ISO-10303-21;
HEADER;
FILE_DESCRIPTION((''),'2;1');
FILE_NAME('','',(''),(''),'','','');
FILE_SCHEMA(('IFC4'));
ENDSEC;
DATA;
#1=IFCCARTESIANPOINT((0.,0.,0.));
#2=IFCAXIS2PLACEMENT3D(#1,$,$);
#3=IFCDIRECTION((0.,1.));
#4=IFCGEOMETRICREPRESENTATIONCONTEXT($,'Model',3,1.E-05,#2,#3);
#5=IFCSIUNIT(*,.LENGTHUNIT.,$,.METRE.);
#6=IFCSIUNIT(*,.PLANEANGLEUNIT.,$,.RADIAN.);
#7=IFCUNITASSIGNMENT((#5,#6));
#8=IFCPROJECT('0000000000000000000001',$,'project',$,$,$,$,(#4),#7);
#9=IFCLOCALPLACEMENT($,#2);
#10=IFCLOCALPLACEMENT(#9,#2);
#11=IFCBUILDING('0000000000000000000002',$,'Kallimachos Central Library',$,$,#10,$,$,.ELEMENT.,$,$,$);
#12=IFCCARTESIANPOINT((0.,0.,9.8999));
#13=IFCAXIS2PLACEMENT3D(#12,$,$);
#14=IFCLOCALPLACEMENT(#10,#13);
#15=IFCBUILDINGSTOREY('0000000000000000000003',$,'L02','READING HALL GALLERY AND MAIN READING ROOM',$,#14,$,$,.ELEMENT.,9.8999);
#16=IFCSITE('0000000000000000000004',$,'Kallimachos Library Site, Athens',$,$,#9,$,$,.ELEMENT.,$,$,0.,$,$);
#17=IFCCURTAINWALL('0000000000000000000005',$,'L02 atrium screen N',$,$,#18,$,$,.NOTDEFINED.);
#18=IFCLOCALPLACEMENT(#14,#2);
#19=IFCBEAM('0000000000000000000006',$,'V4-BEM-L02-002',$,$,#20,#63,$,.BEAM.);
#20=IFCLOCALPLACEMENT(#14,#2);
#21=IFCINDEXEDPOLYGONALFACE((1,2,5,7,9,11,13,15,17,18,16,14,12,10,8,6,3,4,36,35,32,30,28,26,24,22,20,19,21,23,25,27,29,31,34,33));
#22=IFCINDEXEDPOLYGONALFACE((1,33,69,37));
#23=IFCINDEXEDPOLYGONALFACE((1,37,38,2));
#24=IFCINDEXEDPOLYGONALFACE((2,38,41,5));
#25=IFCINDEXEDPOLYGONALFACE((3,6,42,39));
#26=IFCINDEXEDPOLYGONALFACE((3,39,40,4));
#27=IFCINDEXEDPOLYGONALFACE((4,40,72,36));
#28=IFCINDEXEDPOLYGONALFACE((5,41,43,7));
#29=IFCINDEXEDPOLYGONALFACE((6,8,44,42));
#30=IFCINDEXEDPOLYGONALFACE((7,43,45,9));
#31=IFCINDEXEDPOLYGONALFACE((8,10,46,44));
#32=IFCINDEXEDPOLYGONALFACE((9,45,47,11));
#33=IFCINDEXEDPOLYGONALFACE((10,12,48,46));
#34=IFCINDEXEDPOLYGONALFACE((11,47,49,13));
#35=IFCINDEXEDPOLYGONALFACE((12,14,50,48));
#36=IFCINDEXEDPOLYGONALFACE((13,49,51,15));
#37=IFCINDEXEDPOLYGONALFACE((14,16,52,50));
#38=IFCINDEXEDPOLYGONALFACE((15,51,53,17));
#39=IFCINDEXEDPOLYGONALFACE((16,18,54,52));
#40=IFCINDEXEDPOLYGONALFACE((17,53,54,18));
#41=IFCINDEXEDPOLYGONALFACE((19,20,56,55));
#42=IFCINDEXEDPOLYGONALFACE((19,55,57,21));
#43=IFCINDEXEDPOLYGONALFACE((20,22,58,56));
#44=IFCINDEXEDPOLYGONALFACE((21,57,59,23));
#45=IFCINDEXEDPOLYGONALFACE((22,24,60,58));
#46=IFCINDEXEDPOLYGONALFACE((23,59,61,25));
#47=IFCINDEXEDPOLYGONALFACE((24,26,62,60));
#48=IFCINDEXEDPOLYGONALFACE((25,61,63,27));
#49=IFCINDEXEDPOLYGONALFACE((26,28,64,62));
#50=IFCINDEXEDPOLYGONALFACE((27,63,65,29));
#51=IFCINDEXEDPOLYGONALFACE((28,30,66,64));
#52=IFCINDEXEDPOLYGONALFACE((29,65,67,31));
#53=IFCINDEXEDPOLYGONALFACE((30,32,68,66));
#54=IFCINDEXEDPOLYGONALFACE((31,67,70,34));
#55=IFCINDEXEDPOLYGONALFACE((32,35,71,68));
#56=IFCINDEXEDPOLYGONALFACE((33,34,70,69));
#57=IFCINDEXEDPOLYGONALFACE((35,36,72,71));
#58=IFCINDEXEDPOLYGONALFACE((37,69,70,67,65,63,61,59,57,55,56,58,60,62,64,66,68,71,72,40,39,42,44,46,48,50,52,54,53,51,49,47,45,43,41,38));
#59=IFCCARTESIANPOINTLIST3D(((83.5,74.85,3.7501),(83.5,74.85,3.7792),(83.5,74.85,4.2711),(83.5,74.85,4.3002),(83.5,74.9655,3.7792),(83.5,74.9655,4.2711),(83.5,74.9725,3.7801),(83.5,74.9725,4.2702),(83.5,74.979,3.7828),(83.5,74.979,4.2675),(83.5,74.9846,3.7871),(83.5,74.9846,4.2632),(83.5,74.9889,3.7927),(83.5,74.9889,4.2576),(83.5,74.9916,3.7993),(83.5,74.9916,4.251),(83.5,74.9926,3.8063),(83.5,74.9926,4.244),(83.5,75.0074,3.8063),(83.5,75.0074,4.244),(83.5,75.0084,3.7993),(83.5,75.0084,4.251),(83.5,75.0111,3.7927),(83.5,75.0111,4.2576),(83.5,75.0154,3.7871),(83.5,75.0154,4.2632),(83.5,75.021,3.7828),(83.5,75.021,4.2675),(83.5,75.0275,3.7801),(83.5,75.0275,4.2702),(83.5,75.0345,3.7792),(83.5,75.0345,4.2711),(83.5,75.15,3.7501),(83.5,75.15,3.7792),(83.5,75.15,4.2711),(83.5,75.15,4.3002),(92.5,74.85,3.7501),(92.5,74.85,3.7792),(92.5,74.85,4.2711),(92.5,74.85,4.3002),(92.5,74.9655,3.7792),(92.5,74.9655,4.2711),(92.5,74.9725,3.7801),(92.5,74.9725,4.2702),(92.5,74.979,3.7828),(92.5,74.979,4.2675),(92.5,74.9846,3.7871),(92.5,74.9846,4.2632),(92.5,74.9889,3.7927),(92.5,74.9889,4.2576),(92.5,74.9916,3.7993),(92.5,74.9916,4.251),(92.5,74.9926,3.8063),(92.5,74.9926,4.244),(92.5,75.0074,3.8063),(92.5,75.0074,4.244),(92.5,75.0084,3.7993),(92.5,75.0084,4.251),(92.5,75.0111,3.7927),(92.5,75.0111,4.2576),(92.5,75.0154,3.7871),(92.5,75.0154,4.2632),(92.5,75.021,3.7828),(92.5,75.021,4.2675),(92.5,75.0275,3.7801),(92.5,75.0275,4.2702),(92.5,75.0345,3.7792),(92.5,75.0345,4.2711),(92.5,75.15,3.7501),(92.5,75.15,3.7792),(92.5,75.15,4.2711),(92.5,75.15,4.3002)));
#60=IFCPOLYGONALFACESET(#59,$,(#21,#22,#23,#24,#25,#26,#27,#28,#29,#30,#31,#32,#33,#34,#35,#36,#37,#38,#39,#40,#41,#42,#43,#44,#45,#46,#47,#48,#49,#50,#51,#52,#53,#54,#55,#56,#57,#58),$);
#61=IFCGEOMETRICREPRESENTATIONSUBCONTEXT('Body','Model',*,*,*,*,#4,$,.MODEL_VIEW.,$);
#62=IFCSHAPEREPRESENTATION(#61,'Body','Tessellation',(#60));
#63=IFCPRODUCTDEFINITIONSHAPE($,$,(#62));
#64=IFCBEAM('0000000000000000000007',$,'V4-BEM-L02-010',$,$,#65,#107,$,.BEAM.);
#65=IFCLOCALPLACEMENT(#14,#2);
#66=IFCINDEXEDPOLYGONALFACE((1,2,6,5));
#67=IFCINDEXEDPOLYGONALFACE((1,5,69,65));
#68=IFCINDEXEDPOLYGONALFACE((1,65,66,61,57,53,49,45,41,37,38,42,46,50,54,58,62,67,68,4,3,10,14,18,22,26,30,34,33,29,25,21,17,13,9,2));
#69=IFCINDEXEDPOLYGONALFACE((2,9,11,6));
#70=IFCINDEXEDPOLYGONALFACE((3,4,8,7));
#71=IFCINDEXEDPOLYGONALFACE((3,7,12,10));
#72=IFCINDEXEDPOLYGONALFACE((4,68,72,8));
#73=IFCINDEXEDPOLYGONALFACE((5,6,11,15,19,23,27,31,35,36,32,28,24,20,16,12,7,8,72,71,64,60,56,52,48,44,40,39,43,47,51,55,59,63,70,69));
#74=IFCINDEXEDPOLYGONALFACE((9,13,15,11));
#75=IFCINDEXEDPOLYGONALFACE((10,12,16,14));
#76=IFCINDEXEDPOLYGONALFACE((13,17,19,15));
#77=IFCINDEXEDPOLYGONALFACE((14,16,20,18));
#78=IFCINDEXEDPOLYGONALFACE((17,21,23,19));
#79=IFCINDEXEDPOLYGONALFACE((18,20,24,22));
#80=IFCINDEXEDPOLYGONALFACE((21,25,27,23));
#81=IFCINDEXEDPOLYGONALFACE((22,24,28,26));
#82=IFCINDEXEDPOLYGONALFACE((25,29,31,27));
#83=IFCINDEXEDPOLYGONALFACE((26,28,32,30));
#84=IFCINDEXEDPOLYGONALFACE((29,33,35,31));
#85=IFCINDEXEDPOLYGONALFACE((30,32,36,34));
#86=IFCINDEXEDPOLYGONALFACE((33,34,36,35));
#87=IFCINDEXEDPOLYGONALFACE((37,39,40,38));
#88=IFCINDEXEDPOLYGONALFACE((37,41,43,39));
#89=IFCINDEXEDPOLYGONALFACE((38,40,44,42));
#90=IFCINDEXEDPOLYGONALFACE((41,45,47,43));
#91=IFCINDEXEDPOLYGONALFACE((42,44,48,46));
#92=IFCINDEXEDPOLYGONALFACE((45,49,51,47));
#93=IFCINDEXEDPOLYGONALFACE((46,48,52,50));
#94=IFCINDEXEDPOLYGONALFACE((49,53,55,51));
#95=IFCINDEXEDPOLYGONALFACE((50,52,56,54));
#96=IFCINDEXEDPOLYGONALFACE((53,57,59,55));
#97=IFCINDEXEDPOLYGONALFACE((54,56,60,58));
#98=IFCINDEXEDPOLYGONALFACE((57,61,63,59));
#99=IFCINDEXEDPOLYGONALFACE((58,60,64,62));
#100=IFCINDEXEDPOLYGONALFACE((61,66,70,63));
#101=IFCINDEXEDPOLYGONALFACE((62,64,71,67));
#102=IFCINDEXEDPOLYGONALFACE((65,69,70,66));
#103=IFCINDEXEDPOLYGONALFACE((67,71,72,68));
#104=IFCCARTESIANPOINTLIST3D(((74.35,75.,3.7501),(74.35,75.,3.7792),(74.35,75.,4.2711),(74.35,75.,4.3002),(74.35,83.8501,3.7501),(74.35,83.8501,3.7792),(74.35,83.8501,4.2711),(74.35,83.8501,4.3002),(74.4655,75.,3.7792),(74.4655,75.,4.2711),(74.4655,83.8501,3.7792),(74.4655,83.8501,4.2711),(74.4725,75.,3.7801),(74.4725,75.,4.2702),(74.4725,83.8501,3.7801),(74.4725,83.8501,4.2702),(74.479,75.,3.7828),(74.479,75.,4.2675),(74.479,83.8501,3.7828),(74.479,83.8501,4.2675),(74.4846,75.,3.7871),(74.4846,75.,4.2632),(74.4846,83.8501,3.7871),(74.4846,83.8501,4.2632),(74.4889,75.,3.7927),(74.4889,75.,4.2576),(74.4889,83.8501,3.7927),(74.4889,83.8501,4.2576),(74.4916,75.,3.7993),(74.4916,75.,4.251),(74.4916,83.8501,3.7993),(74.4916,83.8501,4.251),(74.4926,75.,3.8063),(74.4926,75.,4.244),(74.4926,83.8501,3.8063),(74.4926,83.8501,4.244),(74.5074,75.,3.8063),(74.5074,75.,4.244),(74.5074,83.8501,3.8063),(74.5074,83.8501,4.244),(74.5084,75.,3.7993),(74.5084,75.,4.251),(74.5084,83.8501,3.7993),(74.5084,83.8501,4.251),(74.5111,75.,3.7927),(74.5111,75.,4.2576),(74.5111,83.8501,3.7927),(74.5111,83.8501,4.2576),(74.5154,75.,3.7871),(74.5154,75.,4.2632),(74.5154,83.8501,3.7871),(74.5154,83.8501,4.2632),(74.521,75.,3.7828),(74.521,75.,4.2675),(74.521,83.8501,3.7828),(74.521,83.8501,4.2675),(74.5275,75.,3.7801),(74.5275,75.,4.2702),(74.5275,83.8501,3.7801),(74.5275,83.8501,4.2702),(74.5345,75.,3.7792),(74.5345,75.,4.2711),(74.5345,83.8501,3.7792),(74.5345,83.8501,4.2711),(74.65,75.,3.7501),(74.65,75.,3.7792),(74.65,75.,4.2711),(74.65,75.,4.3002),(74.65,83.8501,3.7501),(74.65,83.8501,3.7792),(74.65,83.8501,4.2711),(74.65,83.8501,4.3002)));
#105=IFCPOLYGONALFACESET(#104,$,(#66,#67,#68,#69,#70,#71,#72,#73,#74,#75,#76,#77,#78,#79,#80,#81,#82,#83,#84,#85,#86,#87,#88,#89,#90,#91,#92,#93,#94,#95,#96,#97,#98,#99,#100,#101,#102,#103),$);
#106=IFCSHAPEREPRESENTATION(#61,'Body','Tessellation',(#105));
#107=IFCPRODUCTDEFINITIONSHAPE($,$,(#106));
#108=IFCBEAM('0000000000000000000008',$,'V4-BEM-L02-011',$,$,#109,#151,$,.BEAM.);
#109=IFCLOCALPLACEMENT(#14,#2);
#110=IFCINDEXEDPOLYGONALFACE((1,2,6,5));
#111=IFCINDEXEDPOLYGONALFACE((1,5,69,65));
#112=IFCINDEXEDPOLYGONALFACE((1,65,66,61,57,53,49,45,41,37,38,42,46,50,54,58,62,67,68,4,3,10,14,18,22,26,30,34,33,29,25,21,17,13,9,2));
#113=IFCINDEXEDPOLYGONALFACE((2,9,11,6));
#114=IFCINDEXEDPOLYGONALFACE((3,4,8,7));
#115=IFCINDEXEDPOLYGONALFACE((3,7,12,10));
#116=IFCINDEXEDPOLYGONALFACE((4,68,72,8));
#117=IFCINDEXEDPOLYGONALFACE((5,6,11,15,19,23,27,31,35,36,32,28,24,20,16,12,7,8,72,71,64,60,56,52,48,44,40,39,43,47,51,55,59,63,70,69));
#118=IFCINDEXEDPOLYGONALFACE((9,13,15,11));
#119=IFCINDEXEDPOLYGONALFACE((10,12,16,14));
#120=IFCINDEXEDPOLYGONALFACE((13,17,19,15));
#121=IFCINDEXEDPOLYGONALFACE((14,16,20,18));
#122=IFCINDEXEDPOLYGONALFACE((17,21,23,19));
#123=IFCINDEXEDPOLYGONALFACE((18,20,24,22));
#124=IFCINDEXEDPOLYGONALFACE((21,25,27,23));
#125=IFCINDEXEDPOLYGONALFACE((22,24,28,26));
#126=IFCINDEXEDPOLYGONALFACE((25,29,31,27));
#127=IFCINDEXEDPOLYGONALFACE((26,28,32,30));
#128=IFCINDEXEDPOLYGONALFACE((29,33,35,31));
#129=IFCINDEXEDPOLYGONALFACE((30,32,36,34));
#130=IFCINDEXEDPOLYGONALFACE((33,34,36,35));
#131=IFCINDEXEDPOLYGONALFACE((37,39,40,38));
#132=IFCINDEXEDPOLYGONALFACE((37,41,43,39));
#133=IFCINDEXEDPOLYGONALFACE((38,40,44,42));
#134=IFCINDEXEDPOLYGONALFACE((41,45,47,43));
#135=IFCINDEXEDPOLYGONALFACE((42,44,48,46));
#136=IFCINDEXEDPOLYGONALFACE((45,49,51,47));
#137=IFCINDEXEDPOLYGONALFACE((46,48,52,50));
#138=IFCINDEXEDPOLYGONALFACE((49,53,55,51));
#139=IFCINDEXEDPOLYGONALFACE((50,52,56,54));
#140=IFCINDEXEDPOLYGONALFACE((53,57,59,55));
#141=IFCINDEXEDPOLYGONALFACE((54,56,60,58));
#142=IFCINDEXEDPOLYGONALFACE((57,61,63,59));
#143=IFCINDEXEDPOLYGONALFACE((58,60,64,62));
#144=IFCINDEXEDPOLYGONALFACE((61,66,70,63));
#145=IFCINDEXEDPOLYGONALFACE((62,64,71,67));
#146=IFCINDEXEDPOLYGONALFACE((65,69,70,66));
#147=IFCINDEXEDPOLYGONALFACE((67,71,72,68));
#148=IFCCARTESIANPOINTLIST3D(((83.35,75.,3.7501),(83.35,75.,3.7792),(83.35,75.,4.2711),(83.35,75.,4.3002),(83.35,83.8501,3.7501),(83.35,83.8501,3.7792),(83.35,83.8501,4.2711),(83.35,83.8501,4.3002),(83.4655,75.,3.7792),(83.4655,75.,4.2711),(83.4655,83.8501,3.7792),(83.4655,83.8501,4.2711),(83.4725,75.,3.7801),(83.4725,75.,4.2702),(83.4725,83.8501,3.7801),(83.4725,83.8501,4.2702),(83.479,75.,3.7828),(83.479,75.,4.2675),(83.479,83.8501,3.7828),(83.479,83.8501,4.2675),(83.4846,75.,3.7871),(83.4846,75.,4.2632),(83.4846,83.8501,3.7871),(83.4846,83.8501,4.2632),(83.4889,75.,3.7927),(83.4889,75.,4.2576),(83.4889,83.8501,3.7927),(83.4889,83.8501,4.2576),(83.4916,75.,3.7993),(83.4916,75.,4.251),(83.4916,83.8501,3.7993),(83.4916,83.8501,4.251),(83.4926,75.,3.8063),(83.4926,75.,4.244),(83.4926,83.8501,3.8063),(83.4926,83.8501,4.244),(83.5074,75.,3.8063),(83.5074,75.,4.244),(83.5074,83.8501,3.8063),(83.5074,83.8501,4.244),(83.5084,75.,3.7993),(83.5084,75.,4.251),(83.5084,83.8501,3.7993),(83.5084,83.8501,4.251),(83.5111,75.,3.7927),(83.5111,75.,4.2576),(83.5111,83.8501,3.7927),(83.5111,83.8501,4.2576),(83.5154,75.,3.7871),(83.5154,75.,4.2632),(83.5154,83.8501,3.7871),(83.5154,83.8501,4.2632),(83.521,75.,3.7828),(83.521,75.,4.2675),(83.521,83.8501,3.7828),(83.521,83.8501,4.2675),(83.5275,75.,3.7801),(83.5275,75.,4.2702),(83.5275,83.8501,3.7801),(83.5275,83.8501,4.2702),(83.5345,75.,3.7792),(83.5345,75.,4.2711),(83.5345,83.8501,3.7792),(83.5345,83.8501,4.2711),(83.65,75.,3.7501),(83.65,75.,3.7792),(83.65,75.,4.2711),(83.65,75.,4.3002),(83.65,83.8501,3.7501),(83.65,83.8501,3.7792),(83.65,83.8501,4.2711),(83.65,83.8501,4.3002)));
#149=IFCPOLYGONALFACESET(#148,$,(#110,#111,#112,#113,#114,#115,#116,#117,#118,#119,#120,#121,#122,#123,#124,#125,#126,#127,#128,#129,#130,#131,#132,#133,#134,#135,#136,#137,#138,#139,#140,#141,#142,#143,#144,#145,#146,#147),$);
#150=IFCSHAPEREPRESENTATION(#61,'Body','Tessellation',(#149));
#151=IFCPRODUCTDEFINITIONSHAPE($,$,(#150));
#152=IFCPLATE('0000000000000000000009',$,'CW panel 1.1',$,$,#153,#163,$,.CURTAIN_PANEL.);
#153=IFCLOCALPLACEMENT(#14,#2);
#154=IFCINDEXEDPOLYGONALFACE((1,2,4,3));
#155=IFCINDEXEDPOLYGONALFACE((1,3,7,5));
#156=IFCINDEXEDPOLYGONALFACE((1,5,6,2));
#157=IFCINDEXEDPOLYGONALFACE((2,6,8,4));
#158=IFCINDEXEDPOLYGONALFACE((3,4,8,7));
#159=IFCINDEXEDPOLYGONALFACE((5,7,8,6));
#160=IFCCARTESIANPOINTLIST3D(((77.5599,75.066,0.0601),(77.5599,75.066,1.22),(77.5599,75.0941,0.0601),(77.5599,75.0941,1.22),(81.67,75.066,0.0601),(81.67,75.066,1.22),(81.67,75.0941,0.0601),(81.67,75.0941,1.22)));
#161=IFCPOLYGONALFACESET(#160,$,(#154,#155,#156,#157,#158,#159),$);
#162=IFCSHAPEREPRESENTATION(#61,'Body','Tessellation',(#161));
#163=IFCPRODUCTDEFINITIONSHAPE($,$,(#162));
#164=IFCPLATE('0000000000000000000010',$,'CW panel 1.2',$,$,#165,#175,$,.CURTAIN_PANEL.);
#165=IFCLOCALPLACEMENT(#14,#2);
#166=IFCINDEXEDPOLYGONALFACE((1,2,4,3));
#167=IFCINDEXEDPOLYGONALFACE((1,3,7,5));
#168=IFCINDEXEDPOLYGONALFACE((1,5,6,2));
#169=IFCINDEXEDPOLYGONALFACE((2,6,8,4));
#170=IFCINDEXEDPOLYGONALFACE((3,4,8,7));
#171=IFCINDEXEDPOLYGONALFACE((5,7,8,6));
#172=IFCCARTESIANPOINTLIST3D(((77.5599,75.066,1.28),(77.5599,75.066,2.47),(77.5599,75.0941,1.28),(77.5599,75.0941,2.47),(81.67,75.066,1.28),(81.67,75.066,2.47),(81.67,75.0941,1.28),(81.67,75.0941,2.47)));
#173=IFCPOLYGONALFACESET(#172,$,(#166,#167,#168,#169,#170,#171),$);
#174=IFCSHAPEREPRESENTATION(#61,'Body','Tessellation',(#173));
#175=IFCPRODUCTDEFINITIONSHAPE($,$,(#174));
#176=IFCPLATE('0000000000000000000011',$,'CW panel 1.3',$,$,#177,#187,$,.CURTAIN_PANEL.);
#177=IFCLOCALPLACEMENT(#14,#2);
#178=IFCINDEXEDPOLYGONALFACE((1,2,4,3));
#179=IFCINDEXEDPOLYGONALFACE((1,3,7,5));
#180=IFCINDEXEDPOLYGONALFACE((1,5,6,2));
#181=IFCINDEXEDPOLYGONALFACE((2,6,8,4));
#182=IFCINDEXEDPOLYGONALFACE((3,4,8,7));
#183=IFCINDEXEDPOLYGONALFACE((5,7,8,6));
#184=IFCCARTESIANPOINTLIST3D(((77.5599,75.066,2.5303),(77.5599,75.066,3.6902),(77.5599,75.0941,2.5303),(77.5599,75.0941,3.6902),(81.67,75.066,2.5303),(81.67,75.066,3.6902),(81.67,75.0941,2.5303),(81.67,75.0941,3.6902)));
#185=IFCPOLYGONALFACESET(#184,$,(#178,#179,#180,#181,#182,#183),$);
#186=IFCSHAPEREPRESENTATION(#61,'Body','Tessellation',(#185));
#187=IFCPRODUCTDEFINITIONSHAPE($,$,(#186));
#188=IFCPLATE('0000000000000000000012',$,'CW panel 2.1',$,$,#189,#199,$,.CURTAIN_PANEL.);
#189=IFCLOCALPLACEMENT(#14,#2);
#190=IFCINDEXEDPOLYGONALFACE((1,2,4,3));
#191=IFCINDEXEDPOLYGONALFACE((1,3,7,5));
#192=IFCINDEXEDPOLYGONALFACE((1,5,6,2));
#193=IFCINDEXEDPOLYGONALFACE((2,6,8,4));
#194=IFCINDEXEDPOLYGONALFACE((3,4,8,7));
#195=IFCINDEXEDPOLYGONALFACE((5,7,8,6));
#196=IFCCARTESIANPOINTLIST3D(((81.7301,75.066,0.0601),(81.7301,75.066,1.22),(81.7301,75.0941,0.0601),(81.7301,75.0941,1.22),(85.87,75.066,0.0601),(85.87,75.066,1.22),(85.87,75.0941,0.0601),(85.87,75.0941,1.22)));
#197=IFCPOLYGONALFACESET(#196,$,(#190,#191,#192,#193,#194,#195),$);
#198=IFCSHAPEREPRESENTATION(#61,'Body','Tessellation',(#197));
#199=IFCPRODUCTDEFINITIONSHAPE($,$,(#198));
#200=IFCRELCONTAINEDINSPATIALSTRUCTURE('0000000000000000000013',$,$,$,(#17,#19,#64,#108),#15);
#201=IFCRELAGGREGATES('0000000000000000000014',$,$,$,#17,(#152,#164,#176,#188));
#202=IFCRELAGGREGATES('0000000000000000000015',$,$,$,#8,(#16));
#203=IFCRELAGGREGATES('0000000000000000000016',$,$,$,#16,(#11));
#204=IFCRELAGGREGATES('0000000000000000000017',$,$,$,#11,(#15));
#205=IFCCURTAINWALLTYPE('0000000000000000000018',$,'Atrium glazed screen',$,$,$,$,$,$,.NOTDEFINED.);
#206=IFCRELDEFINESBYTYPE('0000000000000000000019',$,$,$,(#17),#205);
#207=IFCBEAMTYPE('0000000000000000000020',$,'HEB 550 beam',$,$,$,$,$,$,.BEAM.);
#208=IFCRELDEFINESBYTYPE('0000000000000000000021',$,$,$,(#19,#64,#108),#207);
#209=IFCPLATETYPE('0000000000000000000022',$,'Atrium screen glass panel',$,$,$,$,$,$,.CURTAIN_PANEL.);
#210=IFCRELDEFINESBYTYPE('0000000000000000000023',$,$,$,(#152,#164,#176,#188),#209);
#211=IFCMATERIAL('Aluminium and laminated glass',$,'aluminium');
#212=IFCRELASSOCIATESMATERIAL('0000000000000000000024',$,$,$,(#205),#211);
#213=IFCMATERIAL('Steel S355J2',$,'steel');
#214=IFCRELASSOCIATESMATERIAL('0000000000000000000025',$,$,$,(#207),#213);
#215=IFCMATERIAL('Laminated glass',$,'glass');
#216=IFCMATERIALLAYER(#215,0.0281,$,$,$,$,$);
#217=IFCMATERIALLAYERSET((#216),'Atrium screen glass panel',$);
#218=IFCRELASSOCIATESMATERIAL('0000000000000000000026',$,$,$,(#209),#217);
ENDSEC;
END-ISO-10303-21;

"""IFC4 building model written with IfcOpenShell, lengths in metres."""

from ifc_helpers import new_model, si_unit, direction, frame, origin, origin_2d, place, context, subcontext, project, spatial, rectangle, i_section, extrude, material, layer, layer_set, material_profile, profile_set, type_object, element, aggregate, save


model = new_model("IFC4")

# Units and contexts
model_context = context("Model", 3, precision=1e-05, world=origin(), true_north=direction((0.0, 1.0)))
body_context = subcontext(model_context, "Body", "Model", "MODEL_VIEW")
ifc_project = project(units=[si_unit("LENGTHUNIT", "METRE"), si_unit("PLANEANGLEUNIT", "RADIAN")], contexts=[model_context])

# Site, building, storey
site_placement = place(None, origin())
site = spatial("IfcSite", under=ifc_project, at=site_placement, Name="Kallimachos Library Site, Athens", CompositionType="ELEMENT", RefElevation=0.0)
building_placement = place(site_placement, origin())
building = spatial("IfcBuilding", under=site, at=building_placement, Name="Kallimachos Central Library", CompositionType="ELEMENT")
storey_placement = place(building_placement, frame((0.0, 0.0, 9.8999)))
storey = spatial("IfcBuildingStorey", under=building, at=storey_placement, Name="L02", Description="READING HALL GALLERY AND MAIN READING ROOM", CompositionType="ELEMENT", Elevation=9.8999)

# Curtain wall
ifc_material_1 = material(Name="Aluminium and laminated glass", Category="aluminium")
curtain_wall_type = type_object("IfcCurtainWallType", Name="Atrium glazed screen", PredefinedType="NOTDEFINED", material=ifc_material_1)
curtain_wall_1_placement = place(storey_placement, origin())
curtain_wall_1 = element("IfcCurtainWall", 1, at=curtain_wall_1_placement, inside=storey, type_object=curtain_wall_type, Name="L02 atrium screen N", PredefinedType="NOTDEFINED")

# Beams
ifc_material_2 = material(Name="Steel S355J2", Category="steel")
ifc_material_profile_1 = material_profile(ifc_material_2, i_section(OverallWidth=0.3, OverallDepth=0.55, WebThickness=0.0149, FlangeThickness=0.0291, FilletRadius=0.0271, at=origin_2d()), Name="HEB 550")
ifc_profile_set_1 = profile_set([ifc_material_profile_1], Name="Steel S355J2")
beam_type = type_object("IfcBeamType", Name="HEB 550 beam", PredefinedType="BEAM", material=ifc_profile_set_1)
for number, where, z_axis, x_axis, name in (
    (2, (83.5, 75.0, 4.0251), (1.0, 0.0, 0.0), (0.0, 1.0, 0.0), "V4-BEM-L02-002"),
):
    element("IfcBeam", number, at=place(storey_placement, frame(where, z_axis=z_axis, x_axis=x_axis)), inside=storey, type_object=beam_type, Name=name, PredefinedType="BEAM", context=body_context, shape_type="SweptSolid", body=[
        extrude(i_section(OverallWidth=0.3, OverallDepth=0.55, WebThickness=0.0149, FlangeThickness=0.0291, FilletRadius=0.0271, at=origin_2d()), origin(), (0.0, 0.0, 1.0), 9.0),
    ])
for number, where, z_axis, x_axis, name in (
    (3, (74.5, 75.0, 4.0251), (0.0, 1.0, 0.0), (-1.0, 0.0, 0.0), "V4-BEM-L02-010"),
    (4, (83.5, 75.0, 4.0251), (0.0, 1.0, 0.0), (-1.0, 0.0, 0.0), "V4-BEM-L02-011"),
):
    element("IfcBeam", number, at=place(storey_placement, frame(where, z_axis=z_axis, x_axis=x_axis)), inside=storey, type_object=beam_type, Name=name, PredefinedType="BEAM", context=body_context, shape_type="SweptSolid", body=[
        extrude(i_section(OverallWidth=0.3, OverallDepth=0.55, WebThickness=0.0149, FlangeThickness=0.0291, FilletRadius=0.0271, at=origin_2d()), origin(), (0.0, 0.0, 1.0), 8.8501),
    ])

# Plates
ifc_material_3 = material(Name="Laminated glass", Category="glass")
ifc_layer_1 = layer(ifc_material_3, 0.0281)
ifc_layer_set_1 = layer_set([ifc_layer_1], Name="Atrium screen glass panel")
plate_type = type_object("IfcPlateType", Name="Atrium screen glass panel", PredefinedType="CURTAIN_PANEL", material=ifc_layer_set_1)
plate_1_placement = place(storey_placement, frame((79.615, 75.0801, 0.0601), z_axis=(0.0, 0.0, 1.0), x_axis=(1.0, 0.0, 0.0)))
plate_1 = element("IfcPlate", 5, at=plate_1_placement, type_object=plate_type, Name="CW panel 1.1", PredefinedType="CURTAIN_PANEL", context=body_context, shape_type="SweptSolid", body=[
    extrude(rectangle(XDim=4.1101, YDim=0.0281, at=origin_2d()), origin(), (0.0, 0.0, 1.0), 1.1599),
])
plate_2_placement = place(storey_placement, frame((79.615, 75.0801, 1.28), z_axis=(0.0, 0.0, 1.0), x_axis=(1.0, 0.0, 0.0)))
plate_2 = element("IfcPlate", 6, at=plate_2_placement, type_object=plate_type, Name="CW panel 1.2", PredefinedType="CURTAIN_PANEL", context=body_context, shape_type="SweptSolid", body=[
    extrude(rectangle(XDim=4.1101, YDim=0.0281, at=origin_2d()), origin(), (0.0, 0.0, 1.0), 1.1899),
])
plate_3_placement = place(storey_placement, frame((79.615, 75.0801, 2.5303), z_axis=(0.0, 0.0, 1.0), x_axis=(1.0, 0.0, 0.0)))
plate_3 = element("IfcPlate", 7, at=plate_3_placement, type_object=plate_type, Name="CW panel 1.3", PredefinedType="CURTAIN_PANEL", context=body_context, shape_type="SweptSolid", body=[
    extrude(rectangle(XDim=4.1101, YDim=0.0281, at=origin_2d()), origin(), (0.0, 0.0, 1.0), 1.1599),
])
plate_4_placement = place(storey_placement, frame((83.8, 75.0801, 0.0601), z_axis=(0.0, 0.0, 1.0), x_axis=(1.0, 0.0, 0.0)))
plate_4 = element("IfcPlate", 8, at=plate_4_placement, type_object=plate_type, Name="CW panel 2.1", PredefinedType="CURTAIN_PANEL", context=body_context, shape_type="SweptSolid", body=[
    extrude(rectangle(XDim=4.1399, YDim=0.0281, at=origin_2d()), origin(), (0.0, 0.0, 1.0), 1.1599),
])
aggregate(curtain_wall_1, [plate_1, plate_2, plate_3, plate_4])

save(model, "model.ifc")
